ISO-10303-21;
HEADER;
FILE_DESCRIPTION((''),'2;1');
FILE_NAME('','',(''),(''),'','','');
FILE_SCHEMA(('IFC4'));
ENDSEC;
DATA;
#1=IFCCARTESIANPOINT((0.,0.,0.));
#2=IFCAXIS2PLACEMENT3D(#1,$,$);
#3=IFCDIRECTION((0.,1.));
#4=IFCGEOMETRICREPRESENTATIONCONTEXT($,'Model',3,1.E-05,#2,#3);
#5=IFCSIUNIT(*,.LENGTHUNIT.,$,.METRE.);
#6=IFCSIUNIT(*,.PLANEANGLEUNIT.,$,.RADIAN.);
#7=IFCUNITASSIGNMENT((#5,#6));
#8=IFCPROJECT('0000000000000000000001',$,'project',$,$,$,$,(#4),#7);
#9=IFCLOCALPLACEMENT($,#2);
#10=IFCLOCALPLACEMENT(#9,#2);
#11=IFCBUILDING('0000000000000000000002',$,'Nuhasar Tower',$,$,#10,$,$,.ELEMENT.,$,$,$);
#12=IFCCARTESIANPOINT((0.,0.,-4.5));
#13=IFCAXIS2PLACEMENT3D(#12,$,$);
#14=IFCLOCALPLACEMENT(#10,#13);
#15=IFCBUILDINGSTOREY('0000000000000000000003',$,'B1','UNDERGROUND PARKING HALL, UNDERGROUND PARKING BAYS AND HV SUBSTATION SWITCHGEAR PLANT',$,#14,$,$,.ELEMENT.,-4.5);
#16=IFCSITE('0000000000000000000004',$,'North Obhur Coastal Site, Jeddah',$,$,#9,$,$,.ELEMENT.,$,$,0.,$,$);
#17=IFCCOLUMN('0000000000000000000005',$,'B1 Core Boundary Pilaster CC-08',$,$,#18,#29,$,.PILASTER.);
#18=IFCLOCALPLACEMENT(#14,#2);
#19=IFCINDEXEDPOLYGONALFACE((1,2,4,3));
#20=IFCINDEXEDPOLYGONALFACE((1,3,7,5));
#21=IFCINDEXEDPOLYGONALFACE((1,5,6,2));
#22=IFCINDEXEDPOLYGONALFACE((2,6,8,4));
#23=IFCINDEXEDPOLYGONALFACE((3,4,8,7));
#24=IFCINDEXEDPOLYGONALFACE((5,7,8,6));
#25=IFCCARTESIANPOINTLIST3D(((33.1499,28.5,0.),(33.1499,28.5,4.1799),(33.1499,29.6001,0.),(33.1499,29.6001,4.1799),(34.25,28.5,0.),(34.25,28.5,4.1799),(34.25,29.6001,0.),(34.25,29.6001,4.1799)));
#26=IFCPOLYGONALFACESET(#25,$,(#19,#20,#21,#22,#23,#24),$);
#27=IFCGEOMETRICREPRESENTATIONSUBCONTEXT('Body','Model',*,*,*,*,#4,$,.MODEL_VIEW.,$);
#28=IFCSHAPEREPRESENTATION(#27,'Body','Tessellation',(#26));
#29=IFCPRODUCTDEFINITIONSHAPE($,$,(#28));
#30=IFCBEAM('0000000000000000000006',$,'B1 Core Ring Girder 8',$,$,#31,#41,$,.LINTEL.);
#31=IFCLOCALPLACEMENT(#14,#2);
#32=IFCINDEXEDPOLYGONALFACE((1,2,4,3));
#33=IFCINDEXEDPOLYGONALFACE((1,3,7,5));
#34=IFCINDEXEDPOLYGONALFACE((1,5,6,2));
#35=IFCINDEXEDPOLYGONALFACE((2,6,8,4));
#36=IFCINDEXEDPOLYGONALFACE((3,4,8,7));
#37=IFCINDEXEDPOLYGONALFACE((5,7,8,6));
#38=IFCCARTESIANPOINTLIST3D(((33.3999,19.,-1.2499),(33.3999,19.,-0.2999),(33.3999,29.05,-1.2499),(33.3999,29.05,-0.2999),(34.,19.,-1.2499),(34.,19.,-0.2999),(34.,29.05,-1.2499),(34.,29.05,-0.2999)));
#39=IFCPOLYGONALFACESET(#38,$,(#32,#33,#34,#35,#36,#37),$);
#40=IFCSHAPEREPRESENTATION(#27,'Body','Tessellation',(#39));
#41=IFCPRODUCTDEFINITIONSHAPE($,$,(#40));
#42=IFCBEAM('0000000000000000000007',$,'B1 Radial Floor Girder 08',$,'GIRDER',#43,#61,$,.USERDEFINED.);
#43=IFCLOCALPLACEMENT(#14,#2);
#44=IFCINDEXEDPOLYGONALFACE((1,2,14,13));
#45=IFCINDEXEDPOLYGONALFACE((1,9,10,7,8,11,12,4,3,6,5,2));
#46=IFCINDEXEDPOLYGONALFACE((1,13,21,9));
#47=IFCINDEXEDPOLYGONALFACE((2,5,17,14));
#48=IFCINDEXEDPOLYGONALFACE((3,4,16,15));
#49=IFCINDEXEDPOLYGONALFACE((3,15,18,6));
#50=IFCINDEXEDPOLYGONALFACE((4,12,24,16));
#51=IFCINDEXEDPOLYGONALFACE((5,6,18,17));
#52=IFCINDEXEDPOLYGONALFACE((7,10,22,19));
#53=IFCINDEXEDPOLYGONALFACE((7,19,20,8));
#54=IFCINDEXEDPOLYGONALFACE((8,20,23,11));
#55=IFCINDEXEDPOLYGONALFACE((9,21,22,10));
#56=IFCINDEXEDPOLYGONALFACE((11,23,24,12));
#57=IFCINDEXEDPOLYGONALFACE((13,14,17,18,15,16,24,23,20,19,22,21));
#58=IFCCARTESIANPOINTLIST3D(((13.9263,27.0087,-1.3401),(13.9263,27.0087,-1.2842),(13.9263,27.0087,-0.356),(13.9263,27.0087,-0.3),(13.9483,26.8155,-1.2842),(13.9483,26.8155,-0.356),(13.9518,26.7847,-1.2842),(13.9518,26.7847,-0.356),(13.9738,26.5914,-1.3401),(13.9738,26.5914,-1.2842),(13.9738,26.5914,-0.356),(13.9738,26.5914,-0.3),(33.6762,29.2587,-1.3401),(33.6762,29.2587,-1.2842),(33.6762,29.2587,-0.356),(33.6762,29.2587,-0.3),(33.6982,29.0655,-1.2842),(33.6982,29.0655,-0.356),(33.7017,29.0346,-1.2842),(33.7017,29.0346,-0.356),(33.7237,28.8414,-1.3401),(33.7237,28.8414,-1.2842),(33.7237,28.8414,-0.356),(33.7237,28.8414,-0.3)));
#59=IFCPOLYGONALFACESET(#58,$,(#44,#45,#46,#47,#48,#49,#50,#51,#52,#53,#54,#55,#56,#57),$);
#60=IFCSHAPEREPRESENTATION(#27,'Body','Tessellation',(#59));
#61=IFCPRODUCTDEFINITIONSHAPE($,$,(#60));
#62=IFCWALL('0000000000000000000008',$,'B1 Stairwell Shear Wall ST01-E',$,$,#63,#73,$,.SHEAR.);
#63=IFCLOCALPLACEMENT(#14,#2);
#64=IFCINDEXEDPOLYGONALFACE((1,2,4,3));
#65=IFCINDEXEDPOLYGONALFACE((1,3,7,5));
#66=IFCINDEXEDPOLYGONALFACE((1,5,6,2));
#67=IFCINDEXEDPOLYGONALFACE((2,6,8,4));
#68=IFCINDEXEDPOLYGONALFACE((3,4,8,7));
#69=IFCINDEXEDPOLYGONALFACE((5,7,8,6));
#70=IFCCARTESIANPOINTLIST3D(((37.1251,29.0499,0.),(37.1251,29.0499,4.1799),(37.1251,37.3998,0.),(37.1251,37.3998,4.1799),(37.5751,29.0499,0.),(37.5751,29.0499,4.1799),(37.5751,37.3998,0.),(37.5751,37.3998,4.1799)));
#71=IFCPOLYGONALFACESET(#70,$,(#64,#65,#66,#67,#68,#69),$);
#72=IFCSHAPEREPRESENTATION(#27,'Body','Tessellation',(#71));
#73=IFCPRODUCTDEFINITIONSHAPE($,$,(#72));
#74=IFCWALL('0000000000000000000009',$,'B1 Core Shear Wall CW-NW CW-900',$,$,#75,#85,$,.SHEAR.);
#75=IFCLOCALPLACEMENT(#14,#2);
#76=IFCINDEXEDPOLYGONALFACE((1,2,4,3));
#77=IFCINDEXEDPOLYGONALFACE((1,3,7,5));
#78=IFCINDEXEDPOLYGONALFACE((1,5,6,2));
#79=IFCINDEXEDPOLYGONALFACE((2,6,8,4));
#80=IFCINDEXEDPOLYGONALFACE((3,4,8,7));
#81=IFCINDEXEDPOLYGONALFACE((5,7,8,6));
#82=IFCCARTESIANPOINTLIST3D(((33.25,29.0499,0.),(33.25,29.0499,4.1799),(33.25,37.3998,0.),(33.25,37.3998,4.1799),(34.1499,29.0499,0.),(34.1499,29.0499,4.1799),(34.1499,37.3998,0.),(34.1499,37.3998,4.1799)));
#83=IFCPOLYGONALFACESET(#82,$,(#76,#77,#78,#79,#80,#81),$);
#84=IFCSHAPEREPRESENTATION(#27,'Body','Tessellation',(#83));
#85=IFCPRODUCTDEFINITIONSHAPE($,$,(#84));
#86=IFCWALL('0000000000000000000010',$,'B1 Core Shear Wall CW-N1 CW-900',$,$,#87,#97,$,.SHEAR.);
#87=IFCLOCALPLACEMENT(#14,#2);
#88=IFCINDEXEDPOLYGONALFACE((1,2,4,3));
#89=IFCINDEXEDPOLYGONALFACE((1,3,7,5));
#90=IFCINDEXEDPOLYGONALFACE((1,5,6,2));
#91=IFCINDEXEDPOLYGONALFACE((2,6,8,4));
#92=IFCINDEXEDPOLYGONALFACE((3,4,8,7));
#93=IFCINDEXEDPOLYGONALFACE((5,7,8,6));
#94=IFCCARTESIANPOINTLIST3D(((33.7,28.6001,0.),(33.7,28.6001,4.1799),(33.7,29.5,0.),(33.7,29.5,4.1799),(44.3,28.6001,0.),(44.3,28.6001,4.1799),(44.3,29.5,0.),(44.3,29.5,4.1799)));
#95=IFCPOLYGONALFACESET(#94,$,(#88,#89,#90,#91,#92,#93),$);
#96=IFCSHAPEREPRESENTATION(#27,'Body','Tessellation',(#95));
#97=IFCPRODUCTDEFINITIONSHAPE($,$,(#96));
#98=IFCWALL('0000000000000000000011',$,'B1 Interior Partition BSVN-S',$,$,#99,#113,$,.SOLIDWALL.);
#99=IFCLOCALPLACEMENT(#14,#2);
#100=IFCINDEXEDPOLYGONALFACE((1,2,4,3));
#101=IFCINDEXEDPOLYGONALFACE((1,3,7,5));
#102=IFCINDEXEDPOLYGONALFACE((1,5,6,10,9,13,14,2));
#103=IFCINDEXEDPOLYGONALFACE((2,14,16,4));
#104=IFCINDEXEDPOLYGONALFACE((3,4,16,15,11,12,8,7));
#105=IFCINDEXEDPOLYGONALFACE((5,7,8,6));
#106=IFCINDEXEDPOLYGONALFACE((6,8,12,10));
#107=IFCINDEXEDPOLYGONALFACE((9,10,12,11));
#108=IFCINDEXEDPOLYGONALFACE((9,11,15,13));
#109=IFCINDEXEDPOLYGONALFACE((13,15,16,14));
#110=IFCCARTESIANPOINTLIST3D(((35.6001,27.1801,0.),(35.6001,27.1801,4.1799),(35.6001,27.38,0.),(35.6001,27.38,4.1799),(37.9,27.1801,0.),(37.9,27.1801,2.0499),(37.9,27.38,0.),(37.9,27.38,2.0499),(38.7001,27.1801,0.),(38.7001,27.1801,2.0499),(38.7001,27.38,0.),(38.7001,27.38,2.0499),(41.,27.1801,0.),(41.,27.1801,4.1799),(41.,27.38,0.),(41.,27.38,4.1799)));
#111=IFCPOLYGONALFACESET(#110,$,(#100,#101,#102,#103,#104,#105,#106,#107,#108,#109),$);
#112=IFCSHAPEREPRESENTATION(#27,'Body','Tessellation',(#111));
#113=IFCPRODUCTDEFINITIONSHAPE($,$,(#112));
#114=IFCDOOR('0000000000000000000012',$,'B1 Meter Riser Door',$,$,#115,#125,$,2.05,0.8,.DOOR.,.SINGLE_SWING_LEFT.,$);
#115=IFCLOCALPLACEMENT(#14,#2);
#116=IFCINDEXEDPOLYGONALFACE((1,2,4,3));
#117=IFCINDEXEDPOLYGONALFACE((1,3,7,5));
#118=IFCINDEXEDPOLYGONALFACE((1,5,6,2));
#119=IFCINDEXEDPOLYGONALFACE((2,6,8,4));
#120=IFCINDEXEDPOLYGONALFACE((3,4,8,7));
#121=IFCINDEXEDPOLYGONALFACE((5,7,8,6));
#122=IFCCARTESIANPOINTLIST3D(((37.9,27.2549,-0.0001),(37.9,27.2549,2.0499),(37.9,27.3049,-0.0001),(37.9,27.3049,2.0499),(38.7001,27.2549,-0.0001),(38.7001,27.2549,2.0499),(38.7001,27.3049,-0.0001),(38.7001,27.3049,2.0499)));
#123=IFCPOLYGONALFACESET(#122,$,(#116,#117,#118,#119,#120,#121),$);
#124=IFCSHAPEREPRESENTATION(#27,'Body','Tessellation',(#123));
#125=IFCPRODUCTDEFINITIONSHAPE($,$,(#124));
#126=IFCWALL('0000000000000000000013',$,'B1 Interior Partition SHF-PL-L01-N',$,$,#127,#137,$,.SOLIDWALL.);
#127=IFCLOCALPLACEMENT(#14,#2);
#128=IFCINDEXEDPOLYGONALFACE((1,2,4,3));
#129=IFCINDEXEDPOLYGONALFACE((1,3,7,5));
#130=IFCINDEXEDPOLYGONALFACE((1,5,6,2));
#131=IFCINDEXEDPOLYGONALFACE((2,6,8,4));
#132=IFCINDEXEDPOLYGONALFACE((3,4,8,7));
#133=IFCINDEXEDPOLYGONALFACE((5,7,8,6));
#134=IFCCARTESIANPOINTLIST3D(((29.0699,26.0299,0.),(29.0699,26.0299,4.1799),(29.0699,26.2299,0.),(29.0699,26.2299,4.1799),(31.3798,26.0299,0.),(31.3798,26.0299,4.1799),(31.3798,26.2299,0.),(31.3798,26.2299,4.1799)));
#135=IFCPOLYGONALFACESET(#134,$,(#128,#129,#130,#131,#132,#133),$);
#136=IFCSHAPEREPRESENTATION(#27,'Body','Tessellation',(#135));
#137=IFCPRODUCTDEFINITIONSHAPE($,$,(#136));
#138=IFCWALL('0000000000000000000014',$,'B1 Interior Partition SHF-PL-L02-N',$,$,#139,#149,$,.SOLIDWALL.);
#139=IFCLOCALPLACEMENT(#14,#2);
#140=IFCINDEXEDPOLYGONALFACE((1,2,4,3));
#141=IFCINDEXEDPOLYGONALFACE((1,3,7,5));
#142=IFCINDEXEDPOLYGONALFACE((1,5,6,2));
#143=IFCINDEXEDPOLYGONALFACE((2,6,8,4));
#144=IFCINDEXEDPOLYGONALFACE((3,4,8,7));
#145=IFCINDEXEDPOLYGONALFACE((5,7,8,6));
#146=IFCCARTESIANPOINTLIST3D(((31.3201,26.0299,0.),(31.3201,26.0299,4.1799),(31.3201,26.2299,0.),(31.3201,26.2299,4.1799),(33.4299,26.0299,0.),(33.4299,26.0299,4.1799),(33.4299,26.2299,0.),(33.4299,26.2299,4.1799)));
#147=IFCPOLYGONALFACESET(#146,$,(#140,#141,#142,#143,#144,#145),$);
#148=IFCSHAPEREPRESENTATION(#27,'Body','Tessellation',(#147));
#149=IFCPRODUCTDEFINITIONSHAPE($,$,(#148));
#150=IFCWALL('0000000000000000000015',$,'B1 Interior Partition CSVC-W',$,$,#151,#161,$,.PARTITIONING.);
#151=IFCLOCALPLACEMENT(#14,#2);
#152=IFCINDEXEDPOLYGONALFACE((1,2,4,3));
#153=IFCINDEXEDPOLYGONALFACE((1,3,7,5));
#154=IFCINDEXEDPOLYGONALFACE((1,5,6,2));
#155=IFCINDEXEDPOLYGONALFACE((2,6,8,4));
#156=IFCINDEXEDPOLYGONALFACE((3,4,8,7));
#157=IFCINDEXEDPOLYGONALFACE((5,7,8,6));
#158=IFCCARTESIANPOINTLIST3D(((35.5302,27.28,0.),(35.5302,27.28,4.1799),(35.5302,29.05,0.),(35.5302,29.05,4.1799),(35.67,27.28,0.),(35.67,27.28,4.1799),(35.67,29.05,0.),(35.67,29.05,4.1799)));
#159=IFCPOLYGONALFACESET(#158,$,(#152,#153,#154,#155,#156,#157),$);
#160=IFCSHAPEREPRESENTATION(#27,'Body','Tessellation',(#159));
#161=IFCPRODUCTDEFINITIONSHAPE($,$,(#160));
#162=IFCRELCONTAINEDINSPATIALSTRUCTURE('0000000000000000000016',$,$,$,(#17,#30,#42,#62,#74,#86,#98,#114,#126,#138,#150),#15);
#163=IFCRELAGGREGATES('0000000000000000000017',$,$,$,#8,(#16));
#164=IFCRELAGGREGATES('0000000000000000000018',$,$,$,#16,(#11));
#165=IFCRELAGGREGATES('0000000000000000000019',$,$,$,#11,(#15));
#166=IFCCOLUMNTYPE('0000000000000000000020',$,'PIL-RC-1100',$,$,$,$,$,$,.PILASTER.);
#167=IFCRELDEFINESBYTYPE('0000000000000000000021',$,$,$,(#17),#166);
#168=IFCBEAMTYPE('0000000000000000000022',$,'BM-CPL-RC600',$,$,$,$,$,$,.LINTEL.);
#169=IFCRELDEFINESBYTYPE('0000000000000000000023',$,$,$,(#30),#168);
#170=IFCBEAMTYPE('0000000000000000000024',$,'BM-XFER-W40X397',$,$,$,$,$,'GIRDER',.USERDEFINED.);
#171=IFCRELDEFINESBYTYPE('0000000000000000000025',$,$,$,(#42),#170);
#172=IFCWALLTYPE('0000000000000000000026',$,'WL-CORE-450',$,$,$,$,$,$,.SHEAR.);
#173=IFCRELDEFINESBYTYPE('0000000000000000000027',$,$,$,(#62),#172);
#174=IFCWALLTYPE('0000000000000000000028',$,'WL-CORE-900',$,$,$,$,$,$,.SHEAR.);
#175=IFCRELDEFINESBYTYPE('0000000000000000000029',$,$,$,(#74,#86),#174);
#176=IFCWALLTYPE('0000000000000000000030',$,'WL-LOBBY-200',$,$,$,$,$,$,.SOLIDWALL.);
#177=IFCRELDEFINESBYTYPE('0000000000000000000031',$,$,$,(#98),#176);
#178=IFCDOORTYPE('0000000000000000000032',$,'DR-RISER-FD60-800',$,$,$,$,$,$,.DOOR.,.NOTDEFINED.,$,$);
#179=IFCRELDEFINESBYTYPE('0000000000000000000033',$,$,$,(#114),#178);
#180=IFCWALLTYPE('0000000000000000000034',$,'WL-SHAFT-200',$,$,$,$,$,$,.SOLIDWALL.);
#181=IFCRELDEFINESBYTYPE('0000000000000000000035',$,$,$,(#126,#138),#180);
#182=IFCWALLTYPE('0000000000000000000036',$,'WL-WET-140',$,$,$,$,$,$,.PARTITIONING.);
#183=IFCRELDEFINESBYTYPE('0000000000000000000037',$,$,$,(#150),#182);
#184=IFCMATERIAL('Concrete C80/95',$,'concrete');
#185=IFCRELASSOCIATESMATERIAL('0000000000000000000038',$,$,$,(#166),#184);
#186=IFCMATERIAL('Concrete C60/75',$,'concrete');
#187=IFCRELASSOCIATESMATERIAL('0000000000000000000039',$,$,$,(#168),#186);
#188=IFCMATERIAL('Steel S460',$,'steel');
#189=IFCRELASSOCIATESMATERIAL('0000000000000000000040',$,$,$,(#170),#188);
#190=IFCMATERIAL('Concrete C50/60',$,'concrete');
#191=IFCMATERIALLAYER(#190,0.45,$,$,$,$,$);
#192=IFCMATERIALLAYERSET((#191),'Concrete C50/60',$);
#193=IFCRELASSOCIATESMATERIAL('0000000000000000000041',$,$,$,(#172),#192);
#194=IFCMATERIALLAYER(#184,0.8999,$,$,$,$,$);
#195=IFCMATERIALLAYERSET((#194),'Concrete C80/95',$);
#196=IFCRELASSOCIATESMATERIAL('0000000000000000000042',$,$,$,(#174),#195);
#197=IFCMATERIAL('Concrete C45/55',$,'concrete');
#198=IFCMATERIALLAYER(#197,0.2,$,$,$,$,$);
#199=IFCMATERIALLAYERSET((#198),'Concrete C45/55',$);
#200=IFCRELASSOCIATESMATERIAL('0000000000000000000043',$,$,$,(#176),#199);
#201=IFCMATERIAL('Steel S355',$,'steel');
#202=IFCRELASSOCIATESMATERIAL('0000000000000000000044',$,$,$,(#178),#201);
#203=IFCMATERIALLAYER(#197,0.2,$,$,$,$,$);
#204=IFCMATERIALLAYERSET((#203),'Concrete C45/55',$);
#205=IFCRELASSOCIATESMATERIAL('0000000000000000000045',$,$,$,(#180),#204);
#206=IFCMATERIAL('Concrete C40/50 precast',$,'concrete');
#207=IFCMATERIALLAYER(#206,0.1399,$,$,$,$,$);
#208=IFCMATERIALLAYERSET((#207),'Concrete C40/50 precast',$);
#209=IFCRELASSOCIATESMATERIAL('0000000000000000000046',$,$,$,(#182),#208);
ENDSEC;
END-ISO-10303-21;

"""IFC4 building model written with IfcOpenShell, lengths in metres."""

from ifc_helpers import new_model, si_unit, direction, frame, frame_2d, origin, origin_2d, place, context, subcontext, project, spatial, rectangle, i_section, extrude, material, layer, layer_set, material_profile, profile_set, type_object, element, fill, save


model = new_model("IFC4")

# Units and contexts
model_context = context("Model", 3, precision=1e-05, world=origin(), true_north=direction((0.0, 1.0)))
body_context = subcontext(model_context, "Body", "Model", "MODEL_VIEW")
ifc_project = project(units=[si_unit("LENGTHUNIT", "METRE"), si_unit("PLANEANGLEUNIT", "RADIAN")], contexts=[model_context])

# Site, building, storey
site_placement = place(None, origin())
site = spatial("IfcSite", under=ifc_project, at=site_placement, Name="North Obhur Coastal Site, Jeddah", CompositionType="ELEMENT", RefElevation=0.0)
building_placement = place(site_placement, origin())
building = spatial("IfcBuilding", under=site, at=building_placement, Name="Nuhasar Tower", CompositionType="ELEMENT")
storey_placement = place(building_placement, frame((0.0, 0.0, -4.5)))
storey = spatial("IfcBuildingStorey", under=building, at=storey_placement, Name="B1", Description="UNDERGROUND PARKING HALL, UNDERGROUND PARKING BAYS AND HV SUBSTATION SWITCHGEAR PLANT", CompositionType="ELEMENT", Elevation=-4.5)

# Column
ifc_material_1 = material(Name="Concrete C80/95", Category="concrete")
ifc_material_profile_1 = material_profile(ifc_material_1, rectangle(XDim=1.1001, YDim=1.1001, at=origin_2d()), Name="RC1100X1100")
ifc_profile_set_1 = profile_set([ifc_material_profile_1], Name="Concrete C80/95")
column_type = type_object("IfcColumnType", Name="PIL-RC-1100", PredefinedType="PILASTER", material=ifc_profile_set_1)
column_placement = place(storey_placement, frame((33.7, 29.05, 0.0), z_axis=(0.0, 0.0, 1.0), x_axis=(1.0, 0.0, 0.0)))
element("IfcColumn", 1, at=column_placement, inside=storey, type_object=column_type, Name="B1 Core Boundary Pilaster CC-08", PredefinedType="PILASTER", context=body_context, shape_type="SweptSolid", body=[
    extrude(rectangle(XDim=1.1001, YDim=1.1001, at=origin_2d()), origin(), (0.0, 0.0, 1.0), 4.1799),
])

# Beams
ifc_material_2 = material(Name="Concrete C60/75", Category="concrete")
ifc_material_profile_2 = material_profile(ifc_material_2, rectangle(XDim=0.6001, YDim=0.95, at=origin_2d()), Name="RC600X950")
ifc_profile_set_2 = profile_set([ifc_material_profile_2], Name="Concrete C60/75")
beam_type_1 = type_object("IfcBeamType", Name="BM-CPL-RC600", PredefinedType="LINTEL", material=ifc_profile_set_2)
beam_1_placement = place(storey_placement, frame((33.7, 29.05, -0.7749), z_axis=(0.0, -1.0, 0.0), x_axis=(1.0, 0.0, 0.0)))
element("IfcBeam", 2, at=beam_1_placement, inside=storey, type_object=beam_type_1, Name="B1 Core Ring Girder 8", PredefinedType="LINTEL", context=body_context, shape_type="SweptSolid", body=[
    extrude(rectangle(XDim=0.6001, YDim=0.95, at=origin_2d()), origin(), (0.0, 0.0, 1.0), 10.05),
])
ifc_material_3 = material(Name="Steel S460", Category="steel")
ifc_material_profile_3 = material_profile(ifc_material_3, i_section(OverallWidth=0.4199, OverallDepth=1.04, WebThickness=0.031, FlangeThickness=0.0559, at=origin_2d()), Name="W40X397")
ifc_profile_set_3 = profile_set([ifc_material_profile_3], Name="Steel S460")
beam_type_2 = type_object("IfcBeamType", Name="BM-XFER-W40X397", ElementType="GIRDER", PredefinedType="USERDEFINED", material=ifc_profile_set_3)
beam_2_placement = place(storey_placement, frame((33.7, 29.05, -0.8201), z_axis=(-0.993573, -0.113192, 0.0), x_axis=(0.113192, -0.993573, 0.0)))
element("IfcBeam", 3, at=beam_2_placement, inside=storey, type_object=beam_type_2, Name="B1 Radial Floor Girder 08", ObjectType="GIRDER", PredefinedType="USERDEFINED", context=body_context, shape_type="SweptSolid", body=[
    extrude(i_section(OverallWidth=0.4199, OverallDepth=1.04, WebThickness=0.031, FlangeThickness=0.0559, at=origin_2d()), origin(), (0.0, 0.0, 1.0), 19.8777),
])

# Walls
ifc_material_4 = material(Name="Concrete C50/60", Category="concrete")
ifc_layer_1 = layer(ifc_material_4, 0.45)
ifc_layer_set_1 = layer_set([ifc_layer_1], Name="Concrete C50/60")
wall_type_1 = type_object("IfcWallType", Name="WL-CORE-450", PredefinedType="SHEAR", material=ifc_layer_set_1)
wall_1_placement = place(storey_placement, frame((37.3501, 29.05, 0.0), z_axis=(0.0, 0.0, 1.0), x_axis=(0.0, 1.0, 0.0)))
element("IfcWall", 4, at=wall_1_placement, inside=storey, type_object=wall_type_1, Name="B1 Stairwell Shear Wall ST01-E", PredefinedType="SHEAR", context=body_context, shape_type="SweptSolid", body=[
    extrude(rectangle(XDim=8.3499, YDim=0.45, at=frame_2d((4.1748, 0.0))), origin(), (0.0, 0.0, 1.0), 4.1799),
])
ifc_layer_2 = layer(ifc_material_1, 0.8999)
ifc_layer_set_2 = layer_set([ifc_layer_2], Name="Concrete C80/95")
wall_type_2 = type_object("IfcWallType", Name="WL-CORE-900", PredefinedType="SHEAR", material=ifc_layer_set_2)
wall_2_placement = place(storey_placement, frame((33.7, 29.05, 0.0), z_axis=(0.0, 0.0, 1.0), x_axis=(0.0, 1.0, 0.0)))
element("IfcWall", 5, at=wall_2_placement, inside=storey, type_object=wall_type_2, Name="B1 Core Shear Wall CW-NW CW-900", PredefinedType="SHEAR", context=body_context, shape_type="SweptSolid", body=[
    extrude(rectangle(XDim=8.3499, YDim=0.8999, at=frame_2d((4.1748, 0.0))), origin(), (0.0, 0.0, 1.0), 4.1799),
])
wall_3_placement = place(storey_placement, frame((33.7, 29.05, 0.0), z_axis=(0.0, 0.0, 1.0), x_axis=(1.0, 0.0, 0.0)))
element("IfcWall", 6, at=wall_3_placement, inside=storey, type_object=wall_type_2, Name="B1 Core Shear Wall CW-N1 CW-900", PredefinedType="SHEAR", context=body_context, shape_type="SweptSolid", body=[
    extrude(rectangle(XDim=10.6001, YDim=0.8999, at=frame_2d((5.3, 0.0))), origin(), (0.0, 0.0, 1.0), 4.1799),
])

# Wall, opening, door
ifc_material_5 = material(Name="Steel S355", Category="steel")
ifc_material_6 = material(Name="Concrete C45/55", Category="concrete")
ifc_layer_3 = layer(ifc_material_6, 0.2)
ifc_layer_set_3 = layer_set([ifc_layer_3], Name="Concrete C45/55")
wall_type_3 = type_object("IfcWallType", Name="WL-LOBBY-200", PredefinedType="SOLIDWALL", material=ifc_layer_set_3)
wall_4_placement = place(storey_placement, frame((35.6001, 27.28, 0.0), z_axis=(0.0, 0.0, 1.0), x_axis=(1.0, 0.0, 0.0)))
wall_4 = element("IfcWall", 7, at=wall_4_placement, inside=storey, type_object=wall_type_3, Name="B1 Interior Partition BSVN-S", PredefinedType="SOLIDWALL", context=body_context, shape_type="SweptSolid", body=[
    extrude(rectangle(XDim=5.3999, YDim=0.2, at=frame_2d((2.7, 0.0))), origin(), (0.0, 0.0, 1.0), 4.1799),
])
opening_1_placement = place(wall_4_placement, frame((2.3, 0.0, 0.0)))
opening_1 = element("IfcOpeningElement", 8, at=opening_1_placement, cuts=wall_4, PredefinedType="OPENING", context=body_context, shape_type="SweptSolid", body=[
    extrude(rectangle(XDim=0.8, YDim=2.05, at=frame_2d((0.3999, 1.0249))), frame((0.0, 0.1099, 0.0), z_axis=(0.0, -1.0, 0.0), x_axis=(1.0, 0.0, 0.0)), (0.0, 0.0, 1.0), 0.22),
])
door_type_1 = type_object("IfcDoorType", Name="DR-RISER-FD60-800", OperationType="NOTDEFINED", PredefinedType="DOOR", material=ifc_material_5)
door_1_placement = place(opening_1_placement, origin())
door_1 = element("IfcDoor", 9, at=door_1_placement, inside=storey, type_object=door_type_1, Name="B1 Meter Riser Door", OperationType="SINGLE_SWING_LEFT", OverallHeight=2.05, OverallWidth=0.8, PredefinedType="DOOR", context=body_context, shape_type="SweptSolid", body=[
    extrude(rectangle(XDim=0.8, YDim=2.05, at=frame_2d((0.3999, 1.0249))), frame((0.0, 0.0249, 0.0), z_axis=(0.0, -1.0, 0.0), x_axis=(1.0, 0.0, 0.0)), (0.0, 0.0, 1.0), 0.05),
])
fill(opening_1, door_1)

# Walls
ifc_layer_4 = layer(ifc_material_6, 0.2)
ifc_layer_set_4 = layer_set([ifc_layer_4], Name="Concrete C45/55")
wall_type_4 = type_object("IfcWallType", Name="WL-SHAFT-200", PredefinedType="SOLIDWALL", material=ifc_layer_set_4)
wall_5_placement = place(storey_placement, frame((29.0701, 26.1299, 0.0), z_axis=(0.0, 0.0, 1.0), x_axis=(1.0, 0.0, 0.0)))
element("IfcWall", 10, at=wall_5_placement, inside=storey, type_object=wall_type_4, Name="B1 Interior Partition SHF-PL-L01-N", PredefinedType="SOLIDWALL", context=body_context, shape_type="SweptSolid", body=[
    extrude(rectangle(XDim=2.3098, YDim=0.2, at=frame_2d((1.1548, 0.0))), origin(), (0.0, 0.0, 1.0), 4.1799),
])
wall_6_placement = place(storey_placement, frame((31.3201, 26.1299, 0.0), z_axis=(0.0, 0.0, 1.0), x_axis=(1.0, 0.0, 0.0)))
element("IfcWall", 11, at=wall_6_placement, inside=storey, type_object=wall_type_4, Name="B1 Interior Partition SHF-PL-L02-N", PredefinedType="SOLIDWALL", context=body_context, shape_type="SweptSolid", body=[
    extrude(rectangle(XDim=2.1099, YDim=0.2, at=frame_2d((1.0549, 0.0))), origin(), (0.0, 0.0, 1.0), 4.1799),
])
ifc_material_7 = material(Name="Concrete C40/50 precast", Category="concrete")
ifc_layer_5 = layer(ifc_material_7, 0.1399)
ifc_layer_set_5 = layer_set([ifc_layer_5], Name="Concrete C40/50 precast")
wall_type_5 = type_object("IfcWallType", Name="WL-WET-140", PredefinedType="PARTITIONING", material=ifc_layer_set_5)
wall_7_placement = place(storey_placement, frame((35.6001, 27.28, 0.0), z_axis=(0.0, 0.0, 1.0), x_axis=(0.0, 1.0, 0.0)))
element("IfcWall", 12, at=wall_7_placement, inside=storey, type_object=wall_type_5, Name="B1 Interior Partition CSVC-W", PredefinedType="PARTITIONING", context=body_context, shape_type="SweptSolid", body=[
    extrude(rectangle(XDim=1.77, YDim=0.1399, at=frame_2d((0.885, 0.0))), origin(), (0.0, 0.0, 1.0), 4.1799),
])

save(model, "model.ifc")
